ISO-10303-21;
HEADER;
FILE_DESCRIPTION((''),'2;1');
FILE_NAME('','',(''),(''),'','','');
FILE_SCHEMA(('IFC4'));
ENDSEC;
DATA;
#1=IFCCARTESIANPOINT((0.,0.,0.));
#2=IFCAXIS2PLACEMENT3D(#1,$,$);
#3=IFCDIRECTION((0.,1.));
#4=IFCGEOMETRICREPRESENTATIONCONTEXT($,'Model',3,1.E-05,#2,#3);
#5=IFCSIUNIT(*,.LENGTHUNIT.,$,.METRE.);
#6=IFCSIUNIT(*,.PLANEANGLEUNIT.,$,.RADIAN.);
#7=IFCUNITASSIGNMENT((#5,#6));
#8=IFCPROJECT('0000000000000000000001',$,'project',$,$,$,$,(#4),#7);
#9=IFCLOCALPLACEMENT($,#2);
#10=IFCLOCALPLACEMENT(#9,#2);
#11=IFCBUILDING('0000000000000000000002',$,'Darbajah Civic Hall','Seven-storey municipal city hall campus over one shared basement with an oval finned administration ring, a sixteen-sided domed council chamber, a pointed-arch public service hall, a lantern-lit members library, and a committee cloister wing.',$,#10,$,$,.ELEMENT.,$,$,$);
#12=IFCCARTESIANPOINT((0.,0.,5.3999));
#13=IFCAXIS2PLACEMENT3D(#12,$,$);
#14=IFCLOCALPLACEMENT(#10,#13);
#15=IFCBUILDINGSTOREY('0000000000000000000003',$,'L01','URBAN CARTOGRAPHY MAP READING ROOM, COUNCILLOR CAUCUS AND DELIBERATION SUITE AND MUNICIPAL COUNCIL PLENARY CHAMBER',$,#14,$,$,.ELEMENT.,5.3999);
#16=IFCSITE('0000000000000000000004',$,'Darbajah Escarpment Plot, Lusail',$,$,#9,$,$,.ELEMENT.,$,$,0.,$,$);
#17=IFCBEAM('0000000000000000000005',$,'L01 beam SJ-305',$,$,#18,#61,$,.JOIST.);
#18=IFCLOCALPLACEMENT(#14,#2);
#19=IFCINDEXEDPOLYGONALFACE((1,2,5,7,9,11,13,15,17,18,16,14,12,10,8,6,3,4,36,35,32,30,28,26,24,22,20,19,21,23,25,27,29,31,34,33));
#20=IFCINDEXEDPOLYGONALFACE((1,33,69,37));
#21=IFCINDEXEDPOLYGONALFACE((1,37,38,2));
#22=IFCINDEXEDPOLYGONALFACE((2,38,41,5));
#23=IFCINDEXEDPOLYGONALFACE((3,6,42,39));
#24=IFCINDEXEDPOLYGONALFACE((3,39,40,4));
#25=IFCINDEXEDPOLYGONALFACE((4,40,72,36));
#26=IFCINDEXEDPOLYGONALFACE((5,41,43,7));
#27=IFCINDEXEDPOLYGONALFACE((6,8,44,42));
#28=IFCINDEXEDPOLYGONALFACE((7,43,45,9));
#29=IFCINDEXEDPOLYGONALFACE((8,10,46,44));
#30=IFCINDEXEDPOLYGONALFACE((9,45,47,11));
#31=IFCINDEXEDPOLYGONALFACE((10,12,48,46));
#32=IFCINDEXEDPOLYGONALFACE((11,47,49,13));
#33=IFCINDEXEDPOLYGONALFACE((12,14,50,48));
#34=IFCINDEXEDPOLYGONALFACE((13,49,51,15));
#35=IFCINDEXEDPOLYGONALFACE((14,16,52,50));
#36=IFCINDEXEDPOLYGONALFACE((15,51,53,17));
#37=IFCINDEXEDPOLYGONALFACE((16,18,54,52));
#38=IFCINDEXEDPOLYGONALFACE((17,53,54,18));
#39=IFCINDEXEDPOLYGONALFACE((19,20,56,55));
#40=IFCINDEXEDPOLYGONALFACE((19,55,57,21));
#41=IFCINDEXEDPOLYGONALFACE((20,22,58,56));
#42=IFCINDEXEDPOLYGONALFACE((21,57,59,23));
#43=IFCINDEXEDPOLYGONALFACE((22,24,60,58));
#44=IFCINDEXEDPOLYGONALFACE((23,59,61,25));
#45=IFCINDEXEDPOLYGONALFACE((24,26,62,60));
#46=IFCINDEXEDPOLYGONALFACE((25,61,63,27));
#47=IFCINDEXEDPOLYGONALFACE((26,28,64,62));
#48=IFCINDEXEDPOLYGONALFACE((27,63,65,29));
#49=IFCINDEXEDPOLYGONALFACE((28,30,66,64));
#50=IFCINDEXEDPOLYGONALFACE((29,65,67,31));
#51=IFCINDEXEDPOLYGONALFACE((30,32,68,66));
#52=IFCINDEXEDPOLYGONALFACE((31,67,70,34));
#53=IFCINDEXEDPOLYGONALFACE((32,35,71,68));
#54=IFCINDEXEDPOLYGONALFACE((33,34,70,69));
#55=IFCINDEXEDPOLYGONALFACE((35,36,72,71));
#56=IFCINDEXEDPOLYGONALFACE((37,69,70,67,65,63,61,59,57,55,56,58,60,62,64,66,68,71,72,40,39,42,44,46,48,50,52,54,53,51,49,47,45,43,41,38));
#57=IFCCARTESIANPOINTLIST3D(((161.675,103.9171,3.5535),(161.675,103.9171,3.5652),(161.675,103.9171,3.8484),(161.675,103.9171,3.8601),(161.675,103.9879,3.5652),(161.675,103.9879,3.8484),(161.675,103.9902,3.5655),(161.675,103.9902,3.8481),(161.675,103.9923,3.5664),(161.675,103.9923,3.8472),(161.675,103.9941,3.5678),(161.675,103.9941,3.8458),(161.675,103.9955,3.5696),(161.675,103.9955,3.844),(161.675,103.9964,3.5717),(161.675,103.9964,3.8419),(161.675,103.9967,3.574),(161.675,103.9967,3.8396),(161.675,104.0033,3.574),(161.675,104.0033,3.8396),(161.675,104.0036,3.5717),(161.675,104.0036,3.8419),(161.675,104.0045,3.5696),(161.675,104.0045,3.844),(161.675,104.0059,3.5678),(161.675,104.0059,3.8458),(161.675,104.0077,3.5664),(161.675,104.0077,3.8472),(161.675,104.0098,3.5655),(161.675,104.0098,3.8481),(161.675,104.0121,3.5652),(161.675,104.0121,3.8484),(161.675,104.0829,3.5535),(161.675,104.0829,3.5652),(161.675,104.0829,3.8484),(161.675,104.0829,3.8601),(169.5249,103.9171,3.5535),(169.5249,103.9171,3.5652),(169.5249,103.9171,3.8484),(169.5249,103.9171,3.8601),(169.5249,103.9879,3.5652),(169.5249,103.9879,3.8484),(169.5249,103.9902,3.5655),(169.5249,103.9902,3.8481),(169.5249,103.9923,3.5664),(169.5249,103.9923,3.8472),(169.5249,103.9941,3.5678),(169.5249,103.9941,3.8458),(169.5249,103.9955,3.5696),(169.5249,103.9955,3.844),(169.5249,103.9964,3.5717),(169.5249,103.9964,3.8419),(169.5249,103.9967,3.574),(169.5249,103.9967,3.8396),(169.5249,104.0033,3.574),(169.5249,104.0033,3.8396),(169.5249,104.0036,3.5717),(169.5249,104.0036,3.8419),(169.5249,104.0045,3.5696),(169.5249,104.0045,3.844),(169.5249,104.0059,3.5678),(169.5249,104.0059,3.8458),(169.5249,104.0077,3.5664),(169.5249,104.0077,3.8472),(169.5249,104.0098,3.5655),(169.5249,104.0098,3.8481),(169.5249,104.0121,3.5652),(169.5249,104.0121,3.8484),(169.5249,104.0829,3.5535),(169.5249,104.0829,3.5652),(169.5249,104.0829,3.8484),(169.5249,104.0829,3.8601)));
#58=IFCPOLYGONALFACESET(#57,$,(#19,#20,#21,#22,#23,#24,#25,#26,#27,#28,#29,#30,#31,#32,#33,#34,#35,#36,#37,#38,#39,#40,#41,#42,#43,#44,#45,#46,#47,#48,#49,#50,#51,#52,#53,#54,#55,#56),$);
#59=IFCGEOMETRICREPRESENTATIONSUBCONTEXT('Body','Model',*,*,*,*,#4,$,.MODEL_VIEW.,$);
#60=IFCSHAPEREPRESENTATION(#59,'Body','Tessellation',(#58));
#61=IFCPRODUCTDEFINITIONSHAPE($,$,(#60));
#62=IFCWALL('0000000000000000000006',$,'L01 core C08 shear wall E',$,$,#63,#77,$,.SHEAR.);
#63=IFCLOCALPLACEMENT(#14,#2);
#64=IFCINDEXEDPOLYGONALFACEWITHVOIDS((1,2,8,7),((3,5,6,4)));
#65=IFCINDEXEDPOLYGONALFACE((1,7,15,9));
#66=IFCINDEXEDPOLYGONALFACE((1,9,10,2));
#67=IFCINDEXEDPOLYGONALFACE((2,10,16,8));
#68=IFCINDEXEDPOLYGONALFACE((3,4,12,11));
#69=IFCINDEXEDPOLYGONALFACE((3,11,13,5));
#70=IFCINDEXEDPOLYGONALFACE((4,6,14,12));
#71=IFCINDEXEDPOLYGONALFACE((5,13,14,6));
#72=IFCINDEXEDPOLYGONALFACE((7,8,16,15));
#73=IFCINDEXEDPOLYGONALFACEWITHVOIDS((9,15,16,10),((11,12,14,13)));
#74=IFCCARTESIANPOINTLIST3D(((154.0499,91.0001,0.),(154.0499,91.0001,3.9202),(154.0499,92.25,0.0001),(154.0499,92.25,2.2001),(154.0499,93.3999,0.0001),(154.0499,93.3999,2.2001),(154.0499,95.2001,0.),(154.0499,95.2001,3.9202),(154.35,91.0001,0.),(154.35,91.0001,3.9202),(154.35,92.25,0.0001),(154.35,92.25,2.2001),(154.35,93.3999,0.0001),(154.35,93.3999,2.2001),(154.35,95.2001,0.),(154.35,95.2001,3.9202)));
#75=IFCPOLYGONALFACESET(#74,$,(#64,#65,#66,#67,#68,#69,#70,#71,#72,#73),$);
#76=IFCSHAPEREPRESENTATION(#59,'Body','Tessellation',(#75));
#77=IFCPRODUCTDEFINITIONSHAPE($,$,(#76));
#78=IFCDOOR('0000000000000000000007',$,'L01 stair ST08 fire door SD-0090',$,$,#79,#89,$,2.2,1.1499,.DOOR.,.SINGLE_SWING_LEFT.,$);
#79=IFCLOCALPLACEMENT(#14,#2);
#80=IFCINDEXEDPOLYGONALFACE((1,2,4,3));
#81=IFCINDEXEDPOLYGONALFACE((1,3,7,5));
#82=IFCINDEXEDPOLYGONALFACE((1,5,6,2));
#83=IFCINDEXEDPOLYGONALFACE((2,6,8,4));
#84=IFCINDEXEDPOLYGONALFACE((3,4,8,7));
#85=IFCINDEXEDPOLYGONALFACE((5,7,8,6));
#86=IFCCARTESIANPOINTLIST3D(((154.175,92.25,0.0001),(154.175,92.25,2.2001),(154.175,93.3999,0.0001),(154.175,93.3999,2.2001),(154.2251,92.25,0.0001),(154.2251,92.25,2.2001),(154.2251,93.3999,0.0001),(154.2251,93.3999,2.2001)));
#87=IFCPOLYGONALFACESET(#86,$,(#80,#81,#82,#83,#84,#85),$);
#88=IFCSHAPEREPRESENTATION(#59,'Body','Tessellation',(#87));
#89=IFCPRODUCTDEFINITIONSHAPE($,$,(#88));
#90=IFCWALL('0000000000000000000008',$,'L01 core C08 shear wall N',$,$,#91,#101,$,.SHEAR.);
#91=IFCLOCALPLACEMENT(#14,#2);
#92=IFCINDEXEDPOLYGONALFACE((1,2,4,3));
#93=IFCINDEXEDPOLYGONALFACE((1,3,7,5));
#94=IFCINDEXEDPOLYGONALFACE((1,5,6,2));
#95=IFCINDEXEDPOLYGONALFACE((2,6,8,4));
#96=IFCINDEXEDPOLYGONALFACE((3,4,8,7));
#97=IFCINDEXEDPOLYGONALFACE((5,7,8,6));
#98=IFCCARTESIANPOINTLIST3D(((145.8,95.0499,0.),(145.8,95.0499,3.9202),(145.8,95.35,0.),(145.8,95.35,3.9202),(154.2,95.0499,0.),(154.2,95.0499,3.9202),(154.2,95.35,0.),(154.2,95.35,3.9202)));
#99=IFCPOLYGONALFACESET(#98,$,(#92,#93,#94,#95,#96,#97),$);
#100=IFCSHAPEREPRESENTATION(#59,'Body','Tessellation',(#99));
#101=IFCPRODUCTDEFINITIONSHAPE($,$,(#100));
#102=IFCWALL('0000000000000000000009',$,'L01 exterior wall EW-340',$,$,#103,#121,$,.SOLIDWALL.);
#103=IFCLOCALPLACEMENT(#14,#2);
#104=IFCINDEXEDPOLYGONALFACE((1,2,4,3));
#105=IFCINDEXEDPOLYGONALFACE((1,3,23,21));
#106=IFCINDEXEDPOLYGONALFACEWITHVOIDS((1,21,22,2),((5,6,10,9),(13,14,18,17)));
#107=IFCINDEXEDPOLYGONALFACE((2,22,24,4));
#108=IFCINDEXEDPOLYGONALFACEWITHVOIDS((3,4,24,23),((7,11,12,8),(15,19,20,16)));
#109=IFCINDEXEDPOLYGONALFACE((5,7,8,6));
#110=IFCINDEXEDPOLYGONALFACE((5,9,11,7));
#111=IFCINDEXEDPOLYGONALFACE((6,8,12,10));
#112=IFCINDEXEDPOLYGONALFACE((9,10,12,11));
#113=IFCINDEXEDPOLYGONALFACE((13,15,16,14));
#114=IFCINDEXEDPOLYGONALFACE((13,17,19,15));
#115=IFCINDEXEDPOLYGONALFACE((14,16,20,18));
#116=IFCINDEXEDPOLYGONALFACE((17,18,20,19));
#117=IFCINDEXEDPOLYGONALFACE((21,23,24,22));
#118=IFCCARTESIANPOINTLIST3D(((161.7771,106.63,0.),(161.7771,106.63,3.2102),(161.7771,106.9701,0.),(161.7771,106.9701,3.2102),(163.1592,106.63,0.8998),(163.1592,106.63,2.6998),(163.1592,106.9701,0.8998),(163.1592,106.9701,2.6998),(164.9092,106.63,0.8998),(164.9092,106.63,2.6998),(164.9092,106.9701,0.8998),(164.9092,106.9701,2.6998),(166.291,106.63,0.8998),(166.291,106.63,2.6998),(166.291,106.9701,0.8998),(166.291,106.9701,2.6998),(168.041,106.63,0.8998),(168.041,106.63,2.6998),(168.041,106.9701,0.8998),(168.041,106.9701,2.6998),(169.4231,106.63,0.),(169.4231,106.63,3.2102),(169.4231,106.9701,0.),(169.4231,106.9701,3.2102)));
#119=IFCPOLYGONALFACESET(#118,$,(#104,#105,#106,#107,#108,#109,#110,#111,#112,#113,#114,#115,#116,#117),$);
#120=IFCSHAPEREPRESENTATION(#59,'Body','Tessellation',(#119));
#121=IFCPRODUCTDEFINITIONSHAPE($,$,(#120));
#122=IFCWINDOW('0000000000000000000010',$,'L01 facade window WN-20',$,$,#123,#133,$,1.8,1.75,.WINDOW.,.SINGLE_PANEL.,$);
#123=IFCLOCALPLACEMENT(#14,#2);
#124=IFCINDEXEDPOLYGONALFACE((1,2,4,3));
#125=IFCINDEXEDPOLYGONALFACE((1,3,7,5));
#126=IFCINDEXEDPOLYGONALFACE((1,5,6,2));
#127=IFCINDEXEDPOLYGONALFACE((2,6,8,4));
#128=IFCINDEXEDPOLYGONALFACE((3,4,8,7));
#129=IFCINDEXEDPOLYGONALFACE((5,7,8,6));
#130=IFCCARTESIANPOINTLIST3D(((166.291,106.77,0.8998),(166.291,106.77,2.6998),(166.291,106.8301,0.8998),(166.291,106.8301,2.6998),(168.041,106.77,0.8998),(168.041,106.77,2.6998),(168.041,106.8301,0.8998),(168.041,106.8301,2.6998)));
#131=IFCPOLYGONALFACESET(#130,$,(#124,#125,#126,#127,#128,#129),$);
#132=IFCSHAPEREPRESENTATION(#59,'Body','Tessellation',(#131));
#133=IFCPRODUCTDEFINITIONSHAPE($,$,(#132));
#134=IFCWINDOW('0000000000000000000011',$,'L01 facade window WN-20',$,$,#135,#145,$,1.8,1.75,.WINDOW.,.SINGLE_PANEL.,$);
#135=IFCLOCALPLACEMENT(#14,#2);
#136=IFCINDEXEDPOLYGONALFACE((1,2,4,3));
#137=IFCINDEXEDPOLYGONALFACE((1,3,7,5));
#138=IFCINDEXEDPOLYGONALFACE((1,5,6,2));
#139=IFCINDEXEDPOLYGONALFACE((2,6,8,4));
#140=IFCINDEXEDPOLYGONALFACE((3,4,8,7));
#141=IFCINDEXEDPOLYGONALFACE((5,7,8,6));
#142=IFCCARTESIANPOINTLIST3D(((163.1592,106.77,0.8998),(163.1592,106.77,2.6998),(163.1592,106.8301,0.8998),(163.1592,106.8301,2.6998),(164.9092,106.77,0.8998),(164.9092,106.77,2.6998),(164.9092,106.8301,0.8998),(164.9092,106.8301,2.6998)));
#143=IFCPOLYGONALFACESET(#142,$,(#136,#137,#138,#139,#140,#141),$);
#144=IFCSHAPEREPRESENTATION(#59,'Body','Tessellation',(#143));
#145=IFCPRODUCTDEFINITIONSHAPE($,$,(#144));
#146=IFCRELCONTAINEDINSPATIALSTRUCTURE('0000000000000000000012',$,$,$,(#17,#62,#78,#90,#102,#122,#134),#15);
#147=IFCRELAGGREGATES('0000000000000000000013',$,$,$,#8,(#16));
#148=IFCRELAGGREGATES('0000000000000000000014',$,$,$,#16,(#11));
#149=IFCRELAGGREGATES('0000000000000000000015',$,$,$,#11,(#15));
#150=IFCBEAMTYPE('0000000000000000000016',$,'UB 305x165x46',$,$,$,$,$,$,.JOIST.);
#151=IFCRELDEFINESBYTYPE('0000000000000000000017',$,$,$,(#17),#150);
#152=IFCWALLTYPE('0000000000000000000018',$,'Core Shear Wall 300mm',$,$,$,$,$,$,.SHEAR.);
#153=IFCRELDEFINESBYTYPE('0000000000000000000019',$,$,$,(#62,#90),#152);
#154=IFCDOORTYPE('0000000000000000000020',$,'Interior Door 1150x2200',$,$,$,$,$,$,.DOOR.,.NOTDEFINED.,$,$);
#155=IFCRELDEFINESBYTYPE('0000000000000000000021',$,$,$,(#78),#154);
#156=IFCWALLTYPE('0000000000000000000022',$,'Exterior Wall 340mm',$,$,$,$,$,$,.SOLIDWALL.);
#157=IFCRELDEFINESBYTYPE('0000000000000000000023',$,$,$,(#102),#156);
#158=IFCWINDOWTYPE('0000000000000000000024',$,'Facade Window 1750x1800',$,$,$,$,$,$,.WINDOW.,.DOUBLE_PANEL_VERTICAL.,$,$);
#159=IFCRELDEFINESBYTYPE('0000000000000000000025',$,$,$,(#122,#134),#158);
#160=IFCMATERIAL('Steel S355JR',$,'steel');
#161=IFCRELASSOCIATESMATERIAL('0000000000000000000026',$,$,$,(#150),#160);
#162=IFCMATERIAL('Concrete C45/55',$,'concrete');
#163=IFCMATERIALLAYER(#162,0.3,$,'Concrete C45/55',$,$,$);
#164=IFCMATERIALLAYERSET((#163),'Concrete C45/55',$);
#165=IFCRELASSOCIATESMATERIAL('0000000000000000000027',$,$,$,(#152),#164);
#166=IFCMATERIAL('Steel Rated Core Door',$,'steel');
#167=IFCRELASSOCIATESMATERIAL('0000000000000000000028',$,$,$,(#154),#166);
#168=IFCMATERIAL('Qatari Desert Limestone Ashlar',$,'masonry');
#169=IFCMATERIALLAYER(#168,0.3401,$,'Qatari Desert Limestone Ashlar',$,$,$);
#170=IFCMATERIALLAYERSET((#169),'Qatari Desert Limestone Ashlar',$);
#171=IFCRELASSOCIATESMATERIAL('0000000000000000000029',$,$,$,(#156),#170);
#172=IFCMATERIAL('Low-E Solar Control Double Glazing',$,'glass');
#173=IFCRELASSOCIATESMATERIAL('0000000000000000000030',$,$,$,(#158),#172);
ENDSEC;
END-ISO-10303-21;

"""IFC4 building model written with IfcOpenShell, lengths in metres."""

from ifc_helpers import new_model, si_unit, direction, frame, frame_2d, origin, origin_2d, place, context, subcontext, project, spatial, rectangle, i_section, extrude, material, layer, layer_set, material_profile, profile_set, type_object, element, fill, save


model = new_model("IFC4")

# Units and contexts
model_context = context("Model", 3, precision=1e-05, world=origin(), true_north=direction((0.0, 1.0)))
body_context = subcontext(model_context, "Body", "Model", "MODEL_VIEW")
ifc_project = project(units=[si_unit("LENGTHUNIT", "METRE"), si_unit("PLANEANGLEUNIT", "RADIAN")], contexts=[model_context])

# Site, building, storey
site_placement = place(None, origin())
site = spatial("IfcSite", under=ifc_project, at=site_placement, Name="Darbajah Escarpment Plot, Lusail", CompositionType="ELEMENT", RefElevation=0.0)
building_placement = place(site_placement, origin())
building = spatial("IfcBuilding", under=site, at=building_placement, Name="Darbajah Civic Hall", Description="Seven-storey municipal city hall campus over one shared basement with an oval finned administration ring, a sixteen-sided domed council chamber, a pointed-arch public service hall, a lantern-lit members library, and a committee cloister wing.", CompositionType="ELEMENT")
storey_placement = place(building_placement, frame((0.0, 0.0, 5.3999)))
storey = spatial("IfcBuildingStorey", under=building, at=storey_placement, Name="L01", Description="URBAN CARTOGRAPHY MAP READING ROOM, COUNCILLOR CAUCUS AND DELIBERATION SUITE AND MUNICIPAL COUNCIL PLENARY CHAMBER", CompositionType="ELEMENT", Elevation=5.3999)

# Beam
ifc_material_1 = material(Name="Concrete C45/55", Category="concrete")
ifc_material_2 = material(Name="Steel S355JR", Category="steel")
ifc_material_profile_1 = material_profile(ifc_material_2, i_section(OverallWidth=0.1658, OverallDepth=0.3066, WebThickness=0.0066, FlangeThickness=0.0117, FilletRadius=0.0088, at=origin_2d()), Name="UB 305x165x46")
ifc_profile_set_1 = profile_set([ifc_material_profile_1], Name="Steel S355JR")
beam_type_1 = type_object("IfcBeamType", Name="UB 305x165x46", PredefinedType="JOIST", material=ifc_profile_set_1)
for number, where, z_axis, x_axis, name in (
    (1, (161.675, 104.0, 3.7068), (1.0, 0.0, 0.0), (0.0, 1.0, 0.0), "L01 beam SJ-305"),
):
    element("IfcBeam", number, at=place(storey_placement, frame(where, z_axis=z_axis, x_axis=x_axis)), inside=storey, type_object=beam_type_1, Name=name, PredefinedType="JOIST", context=body_context, shape_type="SweptSolid", body=[
        extrude(i_section(OverallWidth=0.1658, OverallDepth=0.3066, WebThickness=0.0066, FlangeThickness=0.0117, FilletRadius=0.0088, at=origin_2d()), origin(), (0.0, 0.0, 1.0), 7.8499),
    ])

# Wall, opening, door
ifc_layer_1 = layer(ifc_material_1, 0.3, Name="Concrete C45/55")
ifc_layer_set_1 = layer_set([ifc_layer_1], Name="Concrete C45/55")
wall_type_1 = type_object("IfcWallType", Name="Core Shear Wall 300mm", PredefinedType="SHEAR", material=ifc_layer_set_1)
wall_1_placement = place(storey_placement, frame((154.2, 91.0, 0.0), z_axis=(0.0, 0.0, 1.0), x_axis=(0.0, 1.0, 0.0)))
wall_1 = element("IfcWall", 2, at=wall_1_placement, inside=storey, type_object=wall_type_1, Name="L01 core C08 shear wall E", PredefinedType="SHEAR", context=body_context, shape_type="SweptSolid", body=[
    extrude(rectangle(XDim=4.2, YDim=0.3, at=frame_2d((2.1001, 0.0))), origin(), (0.0, 0.0, 1.0), 3.9202),
])
opening_1_placement = place(wall_1_placement, frame((1.25, 0.0, 0.0)))
opening_1 = element("IfcOpeningElement", 3, at=opening_1_placement, cuts=wall_1, PredefinedType="OPENING", context=body_context, shape_type="SweptSolid", body=[
    extrude(rectangle(XDim=1.1499, YDim=2.2, at=frame_2d((0.575, 1.1001))), frame((0.0, 0.1599, 0.0), z_axis=(0.0, -1.0, 0.0), x_axis=(1.0, 0.0, 0.0)), (0.0, 0.0, 1.0), 0.3201),
])
ifc_material_3 = material(Name="Steel Rated Core Door", Category="steel")
door_type = type_object("IfcDoorType", Name="Interior Door 1150x2200", OperationType="NOTDEFINED", PredefinedType="DOOR", material=ifc_material_3)
door_placement = place(opening_1_placement, origin())
door = element("IfcDoor", 4, at=door_placement, inside=storey, type_object=door_type, Name="L01 stair ST08 fire door SD-0090", OperationType="SINGLE_SWING_LEFT", OverallHeight=2.2, OverallWidth=1.1499, PredefinedType="DOOR", context=body_context, shape_type="SweptSolid", body=[
    extrude(rectangle(XDim=1.1499, YDim=2.2, at=frame_2d((0.575, 1.1001))), frame((0.0, 0.0249, 0.0), z_axis=(0.0, -1.0, 0.0), x_axis=(1.0, 0.0, 0.0)), (0.0, 0.0, 1.0), 0.05),
])
fill(opening_1, door)

# Wall
wall_2_placement = place(storey_placement, frame((154.2, 95.2, 0.0), z_axis=(0.0, 0.0, 1.0), x_axis=(-1.0, 0.0, 0.0)))
element("IfcWall", 5, at=wall_2_placement, inside=storey, type_object=wall_type_1, Name="L01 core C08 shear wall N", PredefinedType="SHEAR", context=body_context, shape_type="SweptSolid", body=[
    extrude(rectangle(XDim=8.3999, YDim=0.3, at=frame_2d((4.2, 0.0))), origin(), (0.0, 0.0, 1.0), 3.9202),
])

# Wall, openings, windows
ifc_material_4 = material(Name="Qatari Desert Limestone Ashlar", Category="masonry")
ifc_layer_2 = layer(ifc_material_4, 0.3401, Name="Qatari Desert Limestone Ashlar")
ifc_layer_set_2 = layer_set([ifc_layer_2], Name="Qatari Desert Limestone Ashlar")
wall_type_2 = type_object("IfcWallType", Name="Exterior Wall 340mm", PredefinedType="SOLIDWALL", material=ifc_layer_set_2)
wall_3_placement = place(storey_placement, frame((169.4231, 106.8, 0.0), z_axis=(0.0, 0.0, 1.0), x_axis=(-1.0, 0.0, 0.0)))
wall_3 = element("IfcWall", 6, at=wall_3_placement, inside=storey, type_object=wall_type_2, Name="L01 exterior wall EW-340", PredefinedType="SOLIDWALL", context=body_context, shape_type="SweptSolid", body=[
    extrude(rectangle(XDim=7.646, YDim=0.3401, at=frame_2d((3.823, 0.0))), origin(), (0.0, 0.0, 1.0), 3.2102),
])
opening_2_placement = place(wall_3_placement, frame((1.3821, 0.0, 0.8999)))
opening_2 = element("IfcOpeningElement", 7, at=opening_2_placement, cuts=wall_3, PredefinedType="OPENING", context=body_context, shape_type="SweptSolid", body=[
    extrude(rectangle(XDim=1.75, YDim=1.8, at=frame_2d((0.875, 0.8999))), frame((0.0, 0.1799, 0.0), z_axis=(0.0, -1.0, 0.0), x_axis=(1.0, 0.0, 0.0)), (0.0, 0.0, 1.0), 0.3601),
])
opening_3_placement = place(wall_3_placement, frame((4.5139, 0.0, 0.8999)))
opening_3 = element("IfcOpeningElement", 8, at=opening_3_placement, cuts=wall_3, PredefinedType="OPENING", context=body_context, shape_type="SweptSolid", body=[
    extrude(rectangle(XDim=1.75, YDim=1.8, at=frame_2d((0.875, 0.8999))), frame((0.0, 0.1799, 0.0), z_axis=(0.0, -1.0, 0.0), x_axis=(1.0, 0.0, 0.0)), (0.0, 0.0, 1.0), 0.3601),
])
ifc_material_5 = material(Name="Low-E Solar Control Double Glazing", Category="glass")
window_type_1 = type_object("IfcWindowType", Name="Facade Window 1750x1800", PartitioningType="DOUBLE_PANEL_VERTICAL", PredefinedType="WINDOW", material=ifc_material_5)
window_1_placement = place(opening_2_placement, origin())
window_1 = element("IfcWindow", 9, at=window_1_placement, inside=storey, type_object=window_type_1, Name="L01 facade window WN-20", OverallHeight=1.8, OverallWidth=1.75, PartitioningType="SINGLE_PANEL", PredefinedType="WINDOW", context=body_context, shape_type="SweptSolid", body=[
    extrude(rectangle(XDim=1.75, YDim=1.8, at=frame_2d((0.875, 0.8999))), frame((0.0, 0.03, 0.0), z_axis=(0.0, -1.0, 0.0), x_axis=(1.0, 0.0, 0.0)), (0.0, 0.0, 1.0), 0.0601),
])
fill(opening_2, window_1)
window_2_placement = place(opening_3_placement, origin())
window_2 = element("IfcWindow", 10, at=window_2_placement, inside=storey, type_object=window_type_1, Name="L01 facade window WN-20", OverallHeight=1.8, OverallWidth=1.75, PartitioningType="SINGLE_PANEL", PredefinedType="WINDOW", context=body_context, shape_type="SweptSolid", body=[
    extrude(rectangle(XDim=1.75, YDim=1.8, at=frame_2d((0.875, 0.8999))), frame((0.0, 0.03, 0.0), z_axis=(0.0, -1.0, 0.0), x_axis=(1.0, 0.0, 0.0)), (0.0, 0.0, 1.0), 0.0601),
])
fill(opening_3, window_2)

save(model, "model.ifc")
